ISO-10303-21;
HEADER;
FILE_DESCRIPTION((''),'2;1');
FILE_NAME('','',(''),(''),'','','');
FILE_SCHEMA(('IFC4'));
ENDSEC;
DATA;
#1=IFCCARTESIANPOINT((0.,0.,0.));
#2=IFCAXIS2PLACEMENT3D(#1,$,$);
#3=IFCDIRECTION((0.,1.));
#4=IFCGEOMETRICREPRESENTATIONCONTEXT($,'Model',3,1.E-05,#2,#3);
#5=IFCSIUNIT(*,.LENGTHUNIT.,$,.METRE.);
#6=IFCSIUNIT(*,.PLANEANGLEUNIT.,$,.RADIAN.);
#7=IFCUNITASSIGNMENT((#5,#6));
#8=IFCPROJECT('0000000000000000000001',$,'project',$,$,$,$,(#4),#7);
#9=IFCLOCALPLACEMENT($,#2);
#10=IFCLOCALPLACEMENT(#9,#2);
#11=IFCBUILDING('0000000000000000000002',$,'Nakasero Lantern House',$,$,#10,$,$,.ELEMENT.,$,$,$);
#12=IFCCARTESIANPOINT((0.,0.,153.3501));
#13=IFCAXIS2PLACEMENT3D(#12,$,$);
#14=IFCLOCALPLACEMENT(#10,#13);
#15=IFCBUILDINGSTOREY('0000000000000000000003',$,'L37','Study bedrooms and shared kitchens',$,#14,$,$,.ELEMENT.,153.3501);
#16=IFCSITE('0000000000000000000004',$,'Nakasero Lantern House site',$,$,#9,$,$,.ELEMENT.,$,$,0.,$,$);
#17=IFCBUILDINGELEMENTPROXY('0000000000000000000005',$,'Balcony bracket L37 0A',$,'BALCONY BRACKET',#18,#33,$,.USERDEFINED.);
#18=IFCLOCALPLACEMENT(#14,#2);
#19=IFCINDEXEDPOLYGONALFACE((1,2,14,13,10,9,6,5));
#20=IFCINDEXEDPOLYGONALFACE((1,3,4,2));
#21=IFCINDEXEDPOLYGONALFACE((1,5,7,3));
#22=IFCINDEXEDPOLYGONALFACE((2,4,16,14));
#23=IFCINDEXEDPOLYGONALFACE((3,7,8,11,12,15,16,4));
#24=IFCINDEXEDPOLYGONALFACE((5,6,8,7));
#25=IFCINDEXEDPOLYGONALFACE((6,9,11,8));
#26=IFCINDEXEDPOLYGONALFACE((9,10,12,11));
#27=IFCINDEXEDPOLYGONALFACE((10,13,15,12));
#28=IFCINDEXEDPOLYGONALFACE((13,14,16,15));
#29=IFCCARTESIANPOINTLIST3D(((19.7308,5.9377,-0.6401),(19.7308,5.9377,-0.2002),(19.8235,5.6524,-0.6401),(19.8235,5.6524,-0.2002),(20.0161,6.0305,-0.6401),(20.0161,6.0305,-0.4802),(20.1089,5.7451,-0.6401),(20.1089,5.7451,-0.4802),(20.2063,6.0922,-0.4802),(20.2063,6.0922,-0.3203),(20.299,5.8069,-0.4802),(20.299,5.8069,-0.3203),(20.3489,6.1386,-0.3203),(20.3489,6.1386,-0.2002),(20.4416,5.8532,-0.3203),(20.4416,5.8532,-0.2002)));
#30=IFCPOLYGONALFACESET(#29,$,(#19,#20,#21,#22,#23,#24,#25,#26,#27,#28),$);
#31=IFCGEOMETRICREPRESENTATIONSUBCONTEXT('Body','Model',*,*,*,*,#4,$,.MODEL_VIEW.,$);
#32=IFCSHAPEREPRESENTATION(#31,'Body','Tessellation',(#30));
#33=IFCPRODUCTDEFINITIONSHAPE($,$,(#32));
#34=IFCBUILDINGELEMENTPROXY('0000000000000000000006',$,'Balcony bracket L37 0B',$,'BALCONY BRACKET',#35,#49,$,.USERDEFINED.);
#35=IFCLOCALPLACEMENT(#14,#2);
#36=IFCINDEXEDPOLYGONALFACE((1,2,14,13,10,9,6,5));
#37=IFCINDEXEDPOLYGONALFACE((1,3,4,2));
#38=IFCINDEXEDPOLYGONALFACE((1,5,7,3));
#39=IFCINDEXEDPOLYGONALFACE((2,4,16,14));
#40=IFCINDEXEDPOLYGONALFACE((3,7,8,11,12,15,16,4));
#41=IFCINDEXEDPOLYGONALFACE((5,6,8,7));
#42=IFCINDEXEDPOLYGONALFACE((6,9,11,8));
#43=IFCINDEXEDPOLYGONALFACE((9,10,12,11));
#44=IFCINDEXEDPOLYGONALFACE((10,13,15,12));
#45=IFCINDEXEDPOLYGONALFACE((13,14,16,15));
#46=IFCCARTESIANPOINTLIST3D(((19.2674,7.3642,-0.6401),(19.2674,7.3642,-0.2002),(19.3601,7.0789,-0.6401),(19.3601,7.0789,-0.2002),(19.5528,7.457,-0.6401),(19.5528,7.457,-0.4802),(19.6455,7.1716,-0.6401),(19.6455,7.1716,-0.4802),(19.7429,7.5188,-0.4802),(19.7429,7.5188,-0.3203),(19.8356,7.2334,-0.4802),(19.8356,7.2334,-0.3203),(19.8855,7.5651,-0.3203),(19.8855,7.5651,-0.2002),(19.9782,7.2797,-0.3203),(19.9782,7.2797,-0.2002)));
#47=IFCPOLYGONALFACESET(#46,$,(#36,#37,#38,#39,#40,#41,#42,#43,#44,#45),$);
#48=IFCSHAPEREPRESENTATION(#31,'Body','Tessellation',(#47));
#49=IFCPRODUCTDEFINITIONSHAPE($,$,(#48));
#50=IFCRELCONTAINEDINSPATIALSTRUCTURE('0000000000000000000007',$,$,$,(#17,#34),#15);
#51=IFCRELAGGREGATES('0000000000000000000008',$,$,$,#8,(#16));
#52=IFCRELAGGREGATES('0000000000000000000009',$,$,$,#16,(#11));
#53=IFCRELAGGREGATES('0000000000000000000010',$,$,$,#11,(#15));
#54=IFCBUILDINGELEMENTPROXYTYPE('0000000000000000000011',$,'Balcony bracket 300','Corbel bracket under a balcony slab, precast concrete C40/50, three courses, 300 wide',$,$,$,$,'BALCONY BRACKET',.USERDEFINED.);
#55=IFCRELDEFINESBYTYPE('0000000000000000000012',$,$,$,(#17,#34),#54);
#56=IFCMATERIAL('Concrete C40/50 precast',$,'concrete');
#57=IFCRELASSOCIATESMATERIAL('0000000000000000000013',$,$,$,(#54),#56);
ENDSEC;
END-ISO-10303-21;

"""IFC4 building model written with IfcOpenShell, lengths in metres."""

from ifc_helpers import new_model, si_unit, direction, frame, origin, place, context, subcontext, project, spatial, polyline, outline, extrude, material, type_object, element, save


model = new_model("IFC4")

# Units and contexts
model_context = context("Model", 3, precision=1e-05, world=origin(), true_north=direction((0.0, 1.0)))
body_context = subcontext(model_context, "Body", "Model", "MODEL_VIEW")
ifc_project = project(units=[si_unit("LENGTHUNIT", "METRE"), si_unit("PLANEANGLEUNIT", "RADIAN")], contexts=[model_context])

# Site, building, storey
site_placement = place(None, origin())
site = spatial("IfcSite", under=ifc_project, at=site_placement, Name="Nakasero Lantern House site", CompositionType="ELEMENT", RefElevation=0.0)
building_placement = place(site_placement, origin())
building = spatial("IfcBuilding", under=site, at=building_placement, Name="Nakasero Lantern House", CompositionType="ELEMENT")
storey_placement = place(building_placement, frame((0.0, 0.0, 153.3501)))
storey = spatial("IfcBuildingStorey", under=building, at=storey_placement, Name="L37", Description="Study bedrooms and shared kitchens", CompositionType="ELEMENT", Elevation=153.3501)

# Building element proxies
ifc_material_1 = material(Name="Concrete C40/50 precast", Category="concrete")
building_element_proxy_type = type_object("IfcBuildingElementProxyType", Name="Balcony bracket 300", Description="Corbel bracket under a balcony slab, precast concrete C40/50, three courses, 300 wide", ElementType="BALCONY BRACKET", PredefinedType="USERDEFINED", material=ifc_material_1)
for number, where, z_axis, x_axis, name in (
    (1, (19.7771, 5.7952, -0.2002), (0.0, 0.0, 1.0), (0.951057, 0.309017, 0.0), "Balcony bracket L37 0A"),
    (2, (19.3137, 7.2217, -0.2002), (0.0, 0.0, 1.0), (0.951057, 0.309017, 0.0), "Balcony bracket L37 0B"),
):
    element("IfcBuildingElementProxy", number, at=place(storey_placement, frame(where, z_axis=z_axis, x_axis=x_axis)), inside=storey, type_object=building_element_proxy_type, Name=name, ObjectType="BALCONY BRACKET", PredefinedType="USERDEFINED", context=body_context, shape_type="SweptSolid", body=[
        extrude(outline(polyline([(0.0, 0.0), (0.6499, 0.0), (0.6499, -0.1201), (0.5, -0.1201), (0.5, -0.28), (0.3, -0.28), (0.3, -0.4399), (0.0, -0.4399), (0.0, 0.0)])), frame((0.0, 0.1499, 0.0), z_axis=(0.0, -1.0, 0.0), x_axis=(1.0, 0.0, 0.0)), (0.0, 0.0, 1.0), 0.3),
    ])

save(model, "model.ifc")
